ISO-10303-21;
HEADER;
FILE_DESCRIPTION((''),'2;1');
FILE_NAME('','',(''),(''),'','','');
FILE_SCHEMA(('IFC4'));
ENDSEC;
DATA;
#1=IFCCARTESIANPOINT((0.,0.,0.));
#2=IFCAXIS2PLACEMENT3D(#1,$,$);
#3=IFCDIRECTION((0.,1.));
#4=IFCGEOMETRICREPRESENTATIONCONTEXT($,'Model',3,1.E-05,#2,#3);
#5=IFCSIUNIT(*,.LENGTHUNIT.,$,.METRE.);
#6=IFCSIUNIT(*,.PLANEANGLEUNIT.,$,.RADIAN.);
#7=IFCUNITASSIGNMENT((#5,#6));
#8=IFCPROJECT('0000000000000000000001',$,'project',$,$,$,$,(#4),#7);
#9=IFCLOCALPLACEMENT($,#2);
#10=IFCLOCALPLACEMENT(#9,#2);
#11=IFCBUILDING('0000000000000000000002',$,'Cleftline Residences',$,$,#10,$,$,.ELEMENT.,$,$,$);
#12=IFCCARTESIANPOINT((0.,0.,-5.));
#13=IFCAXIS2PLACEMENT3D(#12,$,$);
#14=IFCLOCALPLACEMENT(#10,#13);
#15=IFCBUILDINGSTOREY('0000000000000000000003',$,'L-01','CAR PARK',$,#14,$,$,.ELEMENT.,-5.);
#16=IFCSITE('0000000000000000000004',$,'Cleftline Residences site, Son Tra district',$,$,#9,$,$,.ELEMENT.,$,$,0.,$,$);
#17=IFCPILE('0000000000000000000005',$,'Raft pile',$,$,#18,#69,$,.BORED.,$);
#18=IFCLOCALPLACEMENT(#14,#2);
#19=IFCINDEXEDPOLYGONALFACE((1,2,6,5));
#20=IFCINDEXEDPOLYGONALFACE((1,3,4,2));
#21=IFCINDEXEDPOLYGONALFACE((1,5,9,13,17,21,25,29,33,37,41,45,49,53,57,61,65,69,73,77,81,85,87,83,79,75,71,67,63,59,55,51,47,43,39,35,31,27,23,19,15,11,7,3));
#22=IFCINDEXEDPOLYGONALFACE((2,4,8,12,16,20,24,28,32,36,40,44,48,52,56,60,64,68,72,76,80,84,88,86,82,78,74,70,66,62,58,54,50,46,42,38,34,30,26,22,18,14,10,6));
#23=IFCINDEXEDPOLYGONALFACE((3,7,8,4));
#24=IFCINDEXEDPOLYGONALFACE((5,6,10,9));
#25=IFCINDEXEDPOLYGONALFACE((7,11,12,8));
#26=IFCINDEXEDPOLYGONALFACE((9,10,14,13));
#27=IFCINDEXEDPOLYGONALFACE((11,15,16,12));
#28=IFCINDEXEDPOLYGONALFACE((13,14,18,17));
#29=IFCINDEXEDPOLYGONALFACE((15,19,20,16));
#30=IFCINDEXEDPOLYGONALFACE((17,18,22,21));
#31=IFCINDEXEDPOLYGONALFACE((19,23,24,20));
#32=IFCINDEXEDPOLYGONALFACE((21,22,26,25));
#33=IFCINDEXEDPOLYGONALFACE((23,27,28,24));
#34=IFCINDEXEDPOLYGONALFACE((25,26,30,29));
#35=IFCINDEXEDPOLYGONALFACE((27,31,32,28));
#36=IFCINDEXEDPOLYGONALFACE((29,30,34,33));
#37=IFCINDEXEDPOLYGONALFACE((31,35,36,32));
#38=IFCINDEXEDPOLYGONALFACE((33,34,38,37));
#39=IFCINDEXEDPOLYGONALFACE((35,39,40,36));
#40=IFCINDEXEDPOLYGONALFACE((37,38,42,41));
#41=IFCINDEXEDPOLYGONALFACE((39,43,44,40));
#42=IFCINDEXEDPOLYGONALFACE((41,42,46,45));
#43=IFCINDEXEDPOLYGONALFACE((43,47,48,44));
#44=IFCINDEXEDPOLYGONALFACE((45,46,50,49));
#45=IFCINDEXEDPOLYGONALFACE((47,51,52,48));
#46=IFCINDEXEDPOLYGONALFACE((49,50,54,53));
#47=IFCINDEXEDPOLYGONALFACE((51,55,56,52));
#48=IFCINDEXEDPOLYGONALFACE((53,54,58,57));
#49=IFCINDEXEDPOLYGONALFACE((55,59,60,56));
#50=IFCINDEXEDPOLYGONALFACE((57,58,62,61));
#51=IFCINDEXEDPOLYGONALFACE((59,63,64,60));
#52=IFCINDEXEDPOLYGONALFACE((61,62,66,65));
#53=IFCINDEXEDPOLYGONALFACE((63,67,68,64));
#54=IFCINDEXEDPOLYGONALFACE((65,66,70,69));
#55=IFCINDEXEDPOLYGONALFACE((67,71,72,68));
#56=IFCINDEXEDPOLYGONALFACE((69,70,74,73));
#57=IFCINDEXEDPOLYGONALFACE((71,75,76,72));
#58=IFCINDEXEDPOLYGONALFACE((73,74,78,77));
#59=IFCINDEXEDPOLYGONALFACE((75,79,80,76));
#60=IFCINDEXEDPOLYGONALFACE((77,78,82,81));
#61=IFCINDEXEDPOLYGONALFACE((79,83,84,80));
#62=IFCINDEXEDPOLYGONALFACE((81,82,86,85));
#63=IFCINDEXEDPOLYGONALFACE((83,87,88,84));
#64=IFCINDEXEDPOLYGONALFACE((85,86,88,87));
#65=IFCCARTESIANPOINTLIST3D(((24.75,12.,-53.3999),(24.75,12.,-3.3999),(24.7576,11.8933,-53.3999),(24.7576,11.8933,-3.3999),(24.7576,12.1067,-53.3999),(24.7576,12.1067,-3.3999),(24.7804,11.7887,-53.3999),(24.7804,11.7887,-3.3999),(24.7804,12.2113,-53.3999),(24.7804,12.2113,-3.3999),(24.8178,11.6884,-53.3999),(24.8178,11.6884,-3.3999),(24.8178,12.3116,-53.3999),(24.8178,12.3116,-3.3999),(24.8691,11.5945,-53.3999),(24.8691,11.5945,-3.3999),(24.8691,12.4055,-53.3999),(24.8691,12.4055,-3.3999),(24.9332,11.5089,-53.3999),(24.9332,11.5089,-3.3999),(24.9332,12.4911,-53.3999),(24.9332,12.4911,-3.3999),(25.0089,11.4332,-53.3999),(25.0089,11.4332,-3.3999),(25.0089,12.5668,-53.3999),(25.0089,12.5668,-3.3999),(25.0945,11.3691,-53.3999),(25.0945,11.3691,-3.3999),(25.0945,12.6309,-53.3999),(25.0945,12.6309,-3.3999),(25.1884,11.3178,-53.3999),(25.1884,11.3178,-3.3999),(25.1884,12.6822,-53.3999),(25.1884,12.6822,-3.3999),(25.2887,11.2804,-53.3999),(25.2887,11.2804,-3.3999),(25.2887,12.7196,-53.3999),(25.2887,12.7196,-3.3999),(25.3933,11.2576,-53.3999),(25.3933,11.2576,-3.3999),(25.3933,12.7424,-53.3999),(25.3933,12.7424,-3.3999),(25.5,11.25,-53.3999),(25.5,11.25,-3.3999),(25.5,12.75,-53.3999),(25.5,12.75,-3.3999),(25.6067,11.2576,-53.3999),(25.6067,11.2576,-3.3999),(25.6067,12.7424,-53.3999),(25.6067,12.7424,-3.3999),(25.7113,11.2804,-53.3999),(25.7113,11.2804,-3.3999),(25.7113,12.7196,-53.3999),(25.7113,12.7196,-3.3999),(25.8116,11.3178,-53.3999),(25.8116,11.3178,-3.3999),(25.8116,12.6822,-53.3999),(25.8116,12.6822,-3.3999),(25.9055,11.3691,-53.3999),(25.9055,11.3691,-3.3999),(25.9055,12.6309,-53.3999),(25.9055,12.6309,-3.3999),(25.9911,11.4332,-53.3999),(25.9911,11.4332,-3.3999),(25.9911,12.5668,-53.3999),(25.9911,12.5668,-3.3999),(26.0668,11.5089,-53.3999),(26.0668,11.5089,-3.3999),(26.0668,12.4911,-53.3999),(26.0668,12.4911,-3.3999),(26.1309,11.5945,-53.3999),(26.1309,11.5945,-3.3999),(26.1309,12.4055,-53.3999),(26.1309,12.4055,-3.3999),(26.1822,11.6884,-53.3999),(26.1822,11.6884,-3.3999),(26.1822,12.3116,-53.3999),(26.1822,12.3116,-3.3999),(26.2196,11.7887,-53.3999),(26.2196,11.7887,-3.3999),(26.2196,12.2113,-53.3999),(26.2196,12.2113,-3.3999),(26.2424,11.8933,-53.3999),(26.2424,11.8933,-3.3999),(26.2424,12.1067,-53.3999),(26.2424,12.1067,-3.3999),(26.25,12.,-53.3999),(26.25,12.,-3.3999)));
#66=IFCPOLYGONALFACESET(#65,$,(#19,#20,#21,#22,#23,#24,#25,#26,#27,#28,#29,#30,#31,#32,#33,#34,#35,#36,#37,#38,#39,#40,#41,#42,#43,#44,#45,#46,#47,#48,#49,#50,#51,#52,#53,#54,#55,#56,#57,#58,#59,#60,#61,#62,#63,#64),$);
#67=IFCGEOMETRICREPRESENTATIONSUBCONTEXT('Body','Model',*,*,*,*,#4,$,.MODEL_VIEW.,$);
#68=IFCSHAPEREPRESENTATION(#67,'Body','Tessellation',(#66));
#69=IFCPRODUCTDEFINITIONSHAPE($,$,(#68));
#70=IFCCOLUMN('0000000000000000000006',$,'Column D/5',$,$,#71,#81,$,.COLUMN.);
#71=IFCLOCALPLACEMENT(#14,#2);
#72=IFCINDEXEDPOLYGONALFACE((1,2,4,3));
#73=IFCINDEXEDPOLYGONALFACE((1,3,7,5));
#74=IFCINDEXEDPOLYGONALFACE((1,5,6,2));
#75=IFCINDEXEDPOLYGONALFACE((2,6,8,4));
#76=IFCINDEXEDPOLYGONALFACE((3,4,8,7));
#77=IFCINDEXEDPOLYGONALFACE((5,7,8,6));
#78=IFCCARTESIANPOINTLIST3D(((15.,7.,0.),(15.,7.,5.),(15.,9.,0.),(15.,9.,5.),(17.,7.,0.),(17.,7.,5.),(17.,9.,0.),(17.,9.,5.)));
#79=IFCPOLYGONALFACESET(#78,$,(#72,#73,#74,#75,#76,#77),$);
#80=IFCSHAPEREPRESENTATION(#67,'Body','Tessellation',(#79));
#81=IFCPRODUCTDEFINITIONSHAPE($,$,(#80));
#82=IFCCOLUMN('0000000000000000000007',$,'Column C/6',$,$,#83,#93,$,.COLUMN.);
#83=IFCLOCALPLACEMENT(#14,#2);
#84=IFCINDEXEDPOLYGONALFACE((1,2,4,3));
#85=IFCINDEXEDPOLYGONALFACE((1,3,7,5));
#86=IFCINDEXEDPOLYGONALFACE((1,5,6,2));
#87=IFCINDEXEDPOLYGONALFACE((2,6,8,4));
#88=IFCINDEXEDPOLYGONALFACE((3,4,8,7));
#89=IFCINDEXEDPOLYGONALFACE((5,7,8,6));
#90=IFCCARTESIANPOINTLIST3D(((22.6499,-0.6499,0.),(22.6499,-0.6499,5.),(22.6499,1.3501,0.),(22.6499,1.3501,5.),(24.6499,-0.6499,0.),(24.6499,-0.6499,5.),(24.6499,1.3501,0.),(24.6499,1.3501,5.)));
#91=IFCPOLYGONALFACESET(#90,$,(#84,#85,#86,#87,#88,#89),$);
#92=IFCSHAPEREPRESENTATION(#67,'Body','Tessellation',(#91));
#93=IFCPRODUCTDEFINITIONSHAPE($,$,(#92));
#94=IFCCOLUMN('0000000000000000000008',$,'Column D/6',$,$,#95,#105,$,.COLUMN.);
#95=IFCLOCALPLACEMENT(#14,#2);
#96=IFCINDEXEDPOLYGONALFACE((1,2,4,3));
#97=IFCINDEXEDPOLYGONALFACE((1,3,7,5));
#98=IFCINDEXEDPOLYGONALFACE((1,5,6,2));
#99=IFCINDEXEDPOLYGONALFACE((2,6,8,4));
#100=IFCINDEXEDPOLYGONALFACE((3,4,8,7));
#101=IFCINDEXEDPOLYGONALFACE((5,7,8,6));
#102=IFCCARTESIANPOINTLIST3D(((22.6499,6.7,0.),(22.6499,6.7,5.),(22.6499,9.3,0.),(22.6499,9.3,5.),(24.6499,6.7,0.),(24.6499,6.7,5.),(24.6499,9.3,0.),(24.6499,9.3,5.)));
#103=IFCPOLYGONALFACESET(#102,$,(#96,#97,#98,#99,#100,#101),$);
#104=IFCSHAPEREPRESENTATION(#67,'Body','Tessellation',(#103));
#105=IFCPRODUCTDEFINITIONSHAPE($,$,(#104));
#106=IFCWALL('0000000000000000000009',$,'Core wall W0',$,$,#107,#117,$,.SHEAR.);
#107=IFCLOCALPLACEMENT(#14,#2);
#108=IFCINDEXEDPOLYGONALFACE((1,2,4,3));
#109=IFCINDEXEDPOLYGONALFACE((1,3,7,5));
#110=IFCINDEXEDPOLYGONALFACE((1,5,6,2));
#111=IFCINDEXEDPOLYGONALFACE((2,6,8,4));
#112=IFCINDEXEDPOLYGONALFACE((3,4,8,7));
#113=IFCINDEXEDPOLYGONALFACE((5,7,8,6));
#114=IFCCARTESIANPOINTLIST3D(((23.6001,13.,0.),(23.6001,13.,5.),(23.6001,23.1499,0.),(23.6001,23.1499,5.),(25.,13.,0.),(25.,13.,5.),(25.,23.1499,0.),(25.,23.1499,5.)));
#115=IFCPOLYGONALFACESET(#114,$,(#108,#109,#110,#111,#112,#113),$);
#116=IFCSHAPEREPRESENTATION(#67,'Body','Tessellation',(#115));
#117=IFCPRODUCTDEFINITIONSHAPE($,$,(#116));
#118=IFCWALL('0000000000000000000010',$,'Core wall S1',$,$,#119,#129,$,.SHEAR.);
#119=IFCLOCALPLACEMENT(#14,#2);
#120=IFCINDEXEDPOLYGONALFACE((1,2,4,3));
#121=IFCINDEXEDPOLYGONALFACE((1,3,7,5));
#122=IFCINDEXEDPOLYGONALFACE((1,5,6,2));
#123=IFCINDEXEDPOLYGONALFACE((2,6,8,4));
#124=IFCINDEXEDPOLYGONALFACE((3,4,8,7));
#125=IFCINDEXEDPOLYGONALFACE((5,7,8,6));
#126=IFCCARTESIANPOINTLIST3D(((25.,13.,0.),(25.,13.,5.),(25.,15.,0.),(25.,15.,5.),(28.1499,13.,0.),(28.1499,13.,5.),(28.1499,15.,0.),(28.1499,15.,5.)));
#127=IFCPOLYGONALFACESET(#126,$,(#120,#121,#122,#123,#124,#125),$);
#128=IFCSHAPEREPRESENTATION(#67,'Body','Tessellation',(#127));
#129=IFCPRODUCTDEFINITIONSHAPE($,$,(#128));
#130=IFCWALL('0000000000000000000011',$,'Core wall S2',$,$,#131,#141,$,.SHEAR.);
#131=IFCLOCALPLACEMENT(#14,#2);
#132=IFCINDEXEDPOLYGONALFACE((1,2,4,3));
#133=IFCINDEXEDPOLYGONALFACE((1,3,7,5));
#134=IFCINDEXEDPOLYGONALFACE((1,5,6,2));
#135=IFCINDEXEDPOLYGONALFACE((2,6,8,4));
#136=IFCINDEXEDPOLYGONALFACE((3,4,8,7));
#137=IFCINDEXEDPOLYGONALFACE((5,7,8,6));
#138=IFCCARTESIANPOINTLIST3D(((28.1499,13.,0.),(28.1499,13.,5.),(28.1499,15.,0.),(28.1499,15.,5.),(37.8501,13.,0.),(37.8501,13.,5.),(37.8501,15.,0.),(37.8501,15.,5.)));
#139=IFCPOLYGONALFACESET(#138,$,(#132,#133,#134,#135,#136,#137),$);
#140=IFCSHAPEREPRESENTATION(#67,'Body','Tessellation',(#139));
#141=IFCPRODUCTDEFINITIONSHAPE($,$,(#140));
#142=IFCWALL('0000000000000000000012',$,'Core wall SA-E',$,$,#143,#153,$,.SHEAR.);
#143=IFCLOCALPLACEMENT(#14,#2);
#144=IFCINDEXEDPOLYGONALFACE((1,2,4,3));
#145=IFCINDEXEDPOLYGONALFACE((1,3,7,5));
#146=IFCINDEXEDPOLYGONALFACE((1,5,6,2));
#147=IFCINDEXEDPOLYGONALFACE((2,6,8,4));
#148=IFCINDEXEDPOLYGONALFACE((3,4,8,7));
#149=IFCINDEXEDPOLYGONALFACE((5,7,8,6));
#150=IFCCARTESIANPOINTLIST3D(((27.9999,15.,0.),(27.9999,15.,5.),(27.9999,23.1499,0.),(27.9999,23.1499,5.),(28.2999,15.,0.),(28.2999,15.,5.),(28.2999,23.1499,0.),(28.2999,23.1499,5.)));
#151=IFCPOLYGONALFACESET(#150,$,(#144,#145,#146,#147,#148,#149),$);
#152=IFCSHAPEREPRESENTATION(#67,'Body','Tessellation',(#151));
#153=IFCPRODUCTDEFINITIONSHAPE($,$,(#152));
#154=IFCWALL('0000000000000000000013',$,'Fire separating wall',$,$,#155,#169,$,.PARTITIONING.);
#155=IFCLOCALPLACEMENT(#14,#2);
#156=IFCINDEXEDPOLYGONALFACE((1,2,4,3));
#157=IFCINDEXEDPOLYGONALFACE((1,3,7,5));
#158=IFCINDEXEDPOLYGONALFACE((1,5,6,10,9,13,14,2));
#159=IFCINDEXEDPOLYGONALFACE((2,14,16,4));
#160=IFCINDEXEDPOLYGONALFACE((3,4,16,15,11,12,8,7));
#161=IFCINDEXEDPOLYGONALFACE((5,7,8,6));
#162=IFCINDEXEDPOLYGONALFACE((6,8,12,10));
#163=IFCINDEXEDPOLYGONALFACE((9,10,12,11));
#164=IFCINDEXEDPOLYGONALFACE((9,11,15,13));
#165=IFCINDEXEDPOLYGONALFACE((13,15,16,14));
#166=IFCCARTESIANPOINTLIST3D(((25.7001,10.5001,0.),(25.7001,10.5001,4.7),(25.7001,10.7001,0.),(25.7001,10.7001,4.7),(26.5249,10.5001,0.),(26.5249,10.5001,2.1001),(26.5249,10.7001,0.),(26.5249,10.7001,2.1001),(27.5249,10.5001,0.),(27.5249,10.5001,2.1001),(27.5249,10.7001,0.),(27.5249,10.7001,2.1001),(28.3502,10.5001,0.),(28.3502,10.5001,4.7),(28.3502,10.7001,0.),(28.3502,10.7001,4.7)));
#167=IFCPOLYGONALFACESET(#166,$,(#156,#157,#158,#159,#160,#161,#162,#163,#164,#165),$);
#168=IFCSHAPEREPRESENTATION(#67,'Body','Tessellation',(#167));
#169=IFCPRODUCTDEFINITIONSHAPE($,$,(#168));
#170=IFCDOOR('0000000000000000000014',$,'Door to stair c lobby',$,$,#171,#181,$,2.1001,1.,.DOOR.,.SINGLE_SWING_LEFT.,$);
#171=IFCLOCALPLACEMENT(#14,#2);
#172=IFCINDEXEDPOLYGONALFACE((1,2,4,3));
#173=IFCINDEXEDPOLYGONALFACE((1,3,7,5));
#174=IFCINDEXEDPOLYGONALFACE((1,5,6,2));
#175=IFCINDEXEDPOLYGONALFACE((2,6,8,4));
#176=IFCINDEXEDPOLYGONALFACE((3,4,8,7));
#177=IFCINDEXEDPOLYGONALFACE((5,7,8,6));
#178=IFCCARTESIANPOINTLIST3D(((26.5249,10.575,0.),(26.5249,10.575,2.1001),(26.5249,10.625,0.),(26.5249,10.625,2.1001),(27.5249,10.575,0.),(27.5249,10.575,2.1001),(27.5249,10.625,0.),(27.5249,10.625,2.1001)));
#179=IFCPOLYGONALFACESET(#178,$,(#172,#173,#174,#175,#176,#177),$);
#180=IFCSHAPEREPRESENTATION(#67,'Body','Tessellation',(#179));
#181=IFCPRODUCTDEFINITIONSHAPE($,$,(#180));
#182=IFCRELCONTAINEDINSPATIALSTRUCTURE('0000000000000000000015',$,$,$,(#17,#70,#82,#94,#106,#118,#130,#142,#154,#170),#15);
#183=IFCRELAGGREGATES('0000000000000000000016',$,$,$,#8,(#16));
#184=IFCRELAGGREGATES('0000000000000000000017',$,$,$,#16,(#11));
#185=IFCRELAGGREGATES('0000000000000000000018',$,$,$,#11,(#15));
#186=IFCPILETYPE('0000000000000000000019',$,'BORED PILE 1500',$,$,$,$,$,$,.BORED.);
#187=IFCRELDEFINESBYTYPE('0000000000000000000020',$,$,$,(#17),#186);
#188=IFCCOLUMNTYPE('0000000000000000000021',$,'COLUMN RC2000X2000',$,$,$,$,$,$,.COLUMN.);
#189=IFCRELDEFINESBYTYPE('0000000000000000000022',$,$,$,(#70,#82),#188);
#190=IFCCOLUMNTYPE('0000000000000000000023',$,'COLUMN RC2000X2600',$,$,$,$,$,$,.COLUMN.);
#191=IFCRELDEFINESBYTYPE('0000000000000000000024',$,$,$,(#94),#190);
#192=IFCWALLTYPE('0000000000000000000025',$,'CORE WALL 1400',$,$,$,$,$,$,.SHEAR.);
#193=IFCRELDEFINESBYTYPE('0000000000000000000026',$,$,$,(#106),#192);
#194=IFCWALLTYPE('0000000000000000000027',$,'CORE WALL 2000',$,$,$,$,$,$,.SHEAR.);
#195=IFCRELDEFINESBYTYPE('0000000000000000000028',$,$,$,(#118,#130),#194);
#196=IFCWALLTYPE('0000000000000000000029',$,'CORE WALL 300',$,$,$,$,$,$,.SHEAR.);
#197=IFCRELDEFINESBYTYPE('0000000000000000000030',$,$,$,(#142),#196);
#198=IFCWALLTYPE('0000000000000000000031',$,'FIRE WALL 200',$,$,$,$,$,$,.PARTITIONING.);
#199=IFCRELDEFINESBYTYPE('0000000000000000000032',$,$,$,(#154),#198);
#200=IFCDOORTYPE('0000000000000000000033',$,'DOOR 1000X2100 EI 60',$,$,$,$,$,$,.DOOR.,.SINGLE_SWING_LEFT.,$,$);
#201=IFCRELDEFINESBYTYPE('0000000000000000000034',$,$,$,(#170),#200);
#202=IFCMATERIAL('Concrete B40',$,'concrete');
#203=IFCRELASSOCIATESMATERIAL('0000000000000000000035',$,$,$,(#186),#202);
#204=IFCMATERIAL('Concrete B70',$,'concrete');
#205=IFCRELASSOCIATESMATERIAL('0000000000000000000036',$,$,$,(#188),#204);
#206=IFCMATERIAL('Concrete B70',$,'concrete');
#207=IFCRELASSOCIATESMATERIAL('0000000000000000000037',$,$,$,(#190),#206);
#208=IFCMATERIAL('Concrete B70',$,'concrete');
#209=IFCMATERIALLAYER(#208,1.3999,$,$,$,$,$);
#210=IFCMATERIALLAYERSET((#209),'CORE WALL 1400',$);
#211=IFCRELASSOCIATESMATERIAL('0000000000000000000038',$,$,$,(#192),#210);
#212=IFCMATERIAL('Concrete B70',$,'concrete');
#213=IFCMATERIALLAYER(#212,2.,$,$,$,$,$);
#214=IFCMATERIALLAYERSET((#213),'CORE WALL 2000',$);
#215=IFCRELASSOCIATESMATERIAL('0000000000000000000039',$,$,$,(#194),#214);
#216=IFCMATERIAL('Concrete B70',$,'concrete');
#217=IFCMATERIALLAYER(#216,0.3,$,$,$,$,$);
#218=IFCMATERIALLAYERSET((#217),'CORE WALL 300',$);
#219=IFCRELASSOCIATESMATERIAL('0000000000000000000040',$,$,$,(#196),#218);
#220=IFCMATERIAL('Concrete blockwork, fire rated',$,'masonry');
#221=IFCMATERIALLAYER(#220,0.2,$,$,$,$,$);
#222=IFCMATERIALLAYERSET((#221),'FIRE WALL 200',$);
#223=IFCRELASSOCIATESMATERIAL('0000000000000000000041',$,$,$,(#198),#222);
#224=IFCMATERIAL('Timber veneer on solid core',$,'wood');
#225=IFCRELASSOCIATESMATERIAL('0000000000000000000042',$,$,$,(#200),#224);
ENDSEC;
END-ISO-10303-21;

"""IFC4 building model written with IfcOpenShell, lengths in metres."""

from ifc_helpers import new_model, si_unit, direction, frame, frame_2d, origin, origin_2d, place, context, subcontext, project, spatial, rectangle, circle, extrude, material, layer, layer_set, material_profile, profile_set, type_object, element, fill, save


model = new_model("IFC4")

# Units and contexts
model_context = context("Model", 3, precision=1e-05, world=origin(), true_north=direction((0.0, 1.0)))
body_context = subcontext(model_context, "Body", "Model", "MODEL_VIEW")
ifc_project = project(units=[si_unit("LENGTHUNIT", "METRE"), si_unit("PLANEANGLEUNIT", "RADIAN")], contexts=[model_context])

# Site, building, storey
site_placement = place(None, origin())
site = spatial("IfcSite", under=ifc_project, at=site_placement, Name="Cleftline Residences site, Son Tra district", CompositionType="ELEMENT", RefElevation=0.0)
building_placement = place(site_placement, origin())
building = spatial("IfcBuilding", under=site, at=building_placement, Name="Cleftline Residences", CompositionType="ELEMENT")
storey_placement = place(building_placement, frame((0.0, 0.0, -5.0)))
storey = spatial("IfcBuildingStorey", under=building, at=storey_placement, Name="L-01", Description="CAR PARK", CompositionType="ELEMENT", Elevation=-5.0)

# Pile
ifc_material_1 = material(Name="Concrete B40", Category="concrete")
ifc_material_profile_1 = material_profile(ifc_material_1, circle(Radius=0.75, at=origin_2d()))
ifc_profile_set_1 = profile_set([ifc_material_profile_1], Name="Concrete B40")
pile_type = type_object("IfcPileType", Name="BORED PILE 1500", PredefinedType="BORED", material=ifc_profile_set_1)
for number, where, z_axis, x_axis, name in (
    (1, (25.5, 12.0, -3.3999), (0.0, 0.0, -1.0), (1.0, 0.0, 0.0), "Raft pile"),
):
    element("IfcPile", number, at=place(storey_placement, frame(where, z_axis=z_axis, x_axis=x_axis)), inside=storey, type_object=pile_type, Name=name, PredefinedType="BORED", context=body_context, shape_type="SweptSolid", body=[
        extrude(circle(Radius=0.75, at=origin_2d()), origin(), (0.0, 0.0, 1.0), 50.0),
    ])

# Columns
ifc_material_2 = material(Name="Concrete B70", Category="concrete")
ifc_material_profile_2 = material_profile(ifc_material_2, rectangle(XDim=2.0, YDim=2.0, at=origin_2d()))
ifc_profile_set_2 = profile_set([ifc_material_profile_2], Name="Concrete B70")
column_type_1 = type_object("IfcColumnType", Name="COLUMN RC2000X2000", PredefinedType="COLUMN", material=ifc_profile_set_2)
for number, where, z_axis, x_axis, name in (
    (2, (16.0, 8.0, 0.0), (0.0, 0.0, 1.0), (1.0, 0.0, 0.0), "Column D/5"),
    (3, (23.6499, 0.3501, 0.0), (0.0, 0.0, 1.0), (1.0, 0.0, 0.0), "Column C/6"),
):
    element("IfcColumn", number, at=place(storey_placement, frame(where, z_axis=z_axis, x_axis=x_axis)), inside=storey, type_object=column_type_1, Name=name, PredefinedType="COLUMN", context=body_context, shape_type="SweptSolid", body=[
        extrude(rectangle(XDim=2.0, YDim=2.0, at=origin_2d()), origin(), (0.0, 0.0, 1.0), 5.0),
    ])
ifc_material_3 = material(Name="Concrete B70", Category="concrete")
ifc_material_profile_3 = material_profile(ifc_material_3, rectangle(XDim=2.0, YDim=2.6001, at=origin_2d()))
ifc_profile_set_3 = profile_set([ifc_material_profile_3], Name="Concrete B70")
column_type_2 = type_object("IfcColumnType", Name="COLUMN RC2000X2600", PredefinedType="COLUMN", material=ifc_profile_set_3)
column_placement = place(storey_placement, frame((23.6499, 8.0, 0.0), z_axis=(0.0, 0.0, 1.0), x_axis=(1.0, 0.0, 0.0)))
element("IfcColumn", 4, at=column_placement, inside=storey, type_object=column_type_2, Name="Column D/6", PredefinedType="COLUMN", context=body_context, shape_type="SweptSolid", body=[
    extrude(rectangle(XDim=2.0, YDim=2.6001, at=origin_2d()), origin(), (0.0, 0.0, 1.0), 5.0),
])

# Walls
ifc_material_4 = material(Name="Concrete B70", Category="concrete")
ifc_layer_1 = layer(ifc_material_4, 1.3999)
ifc_layer_set_1 = layer_set([ifc_layer_1], Name="CORE WALL 1400")
wall_type_1 = type_object("IfcWallType", Name="CORE WALL 1400", PredefinedType="SHEAR", material=ifc_layer_set_1)
wall_1_placement = place(storey_placement, frame((24.3, 13.0, 0.0), z_axis=(0.0, 0.0, 1.0), x_axis=(0.0, 1.0, 0.0)))
element("IfcWall", 5, at=wall_1_placement, inside=storey, type_object=wall_type_1, Name="Core wall W0", PredefinedType="SHEAR", context=body_context, shape_type="SweptSolid", body=[
    extrude(rectangle(XDim=10.1499, YDim=1.3999, at=frame_2d((5.075, 0.0))), origin(), (0.0, 0.0, 1.0), 5.0),
])
ifc_material_5 = material(Name="Concrete B70", Category="concrete")
ifc_layer_2 = layer(ifc_material_5, 2.0)
ifc_layer_set_2 = layer_set([ifc_layer_2], Name="CORE WALL 2000")
wall_type_2 = type_object("IfcWallType", Name="CORE WALL 2000", PredefinedType="SHEAR", material=ifc_layer_set_2)
wall_2_placement = place(storey_placement, frame((25.0, 14.0, 0.0), z_axis=(0.0, 0.0, 1.0), x_axis=(1.0, 0.0, 0.0)))
element("IfcWall", 6, at=wall_2_placement, inside=storey, type_object=wall_type_2, Name="Core wall S1", PredefinedType="SHEAR", context=body_context, shape_type="SweptSolid", body=[
    extrude(rectangle(XDim=3.1499, YDim=2.0, at=frame_2d((1.575, 0.0))), origin(), (0.0, 0.0, 1.0), 5.0),
])
wall_3_placement = place(storey_placement, frame((28.1499, 14.0, 0.0), z_axis=(0.0, 0.0, 1.0), x_axis=(1.0, 0.0, 0.0)))
element("IfcWall", 7, at=wall_3_placement, inside=storey, type_object=wall_type_2, Name="Core wall S2", PredefinedType="SHEAR", context=body_context, shape_type="SweptSolid", body=[
    extrude(rectangle(XDim=9.7002, YDim=2.0, at=frame_2d((4.8501, 0.0))), origin(), (0.0, 0.0, 1.0), 5.0),
])
ifc_material_6 = material(Name="Concrete B70", Category="concrete")
ifc_layer_3 = layer(ifc_material_6, 0.3)
ifc_layer_set_3 = layer_set([ifc_layer_3], Name="CORE WALL 300")
wall_type_3 = type_object("IfcWallType", Name="CORE WALL 300", PredefinedType="SHEAR", material=ifc_layer_set_3)
wall_4_placement = place(storey_placement, frame((28.1499, 15.0, 0.0), z_axis=(0.0, 0.0, 1.0), x_axis=(0.0, 1.0, 0.0)))
element("IfcWall", 8, at=wall_4_placement, inside=storey, type_object=wall_type_3, Name="Core wall SA-E", PredefinedType="SHEAR", context=body_context, shape_type="SweptSolid", body=[
    extrude(rectangle(XDim=8.1499, YDim=0.3, at=frame_2d((4.075, 0.0))), origin(), (0.0, 0.0, 1.0), 5.0),
])

# Wall, opening, door
ifc_material_7 = material(Name="Concrete blockwork, fire rated", Category="masonry")
ifc_layer_4 = layer(ifc_material_7, 0.2)
ifc_layer_set_4 = layer_set([ifc_layer_4], Name="FIRE WALL 200")
wall_type_4 = type_object("IfcWallType", Name="FIRE WALL 200", PredefinedType="PARTITIONING", material=ifc_layer_set_4)
wall_5_placement = place(storey_placement, frame((25.7, 10.6001, 0.0), z_axis=(0.0, 0.0, 1.0), x_axis=(1.0, 0.0, 0.0)))
wall_5 = element("IfcWall", 9, at=wall_5_placement, inside=storey, type_object=wall_type_4, Name="Fire separating wall", PredefinedType="PARTITIONING", context=body_context, shape_type="SweptSolid", body=[
    extrude(rectangle(XDim=2.6501, YDim=0.2, at=frame_2d((1.3252, 0.0))), origin(), (0.0, 0.0, 1.0), 4.7),
])
opening_1_placement = place(wall_5_placement, frame((0.825, 0.0, 0.0)))
opening_1 = element("IfcOpeningElement", 10, at=opening_1_placement, cuts=wall_5, PredefinedType="OPENING", context=body_context, shape_type="SweptSolid", body=[
    extrude(rectangle(XDim=1.0, YDim=2.1001, at=frame_2d((0.5, 1.05))), frame((0.0, 0.1099, 0.0), z_axis=(0.0, -1.0, 0.0), x_axis=(1.0, 0.0, 0.0)), (0.0, 0.0, 1.0), 0.22),
])
ifc_material_8 = material(Name="Timber veneer on solid core", Category="wood")
door_type_1 = type_object("IfcDoorType", Name="DOOR 1000X2100 EI 60", OperationType="SINGLE_SWING_LEFT", PredefinedType="DOOR", material=ifc_material_8)
door_1_placement = place(opening_1_placement, origin())
door_1 = element("IfcDoor", 11, at=door_1_placement, inside=storey, type_object=door_type_1, Name="Door to stair c lobby", OperationType="SINGLE_SWING_LEFT", OverallHeight=2.1001, OverallWidth=1.0, PredefinedType="DOOR", context=body_context, shape_type="SweptSolid", body=[
    extrude(rectangle(XDim=1.0, YDim=2.1001, at=frame_2d((0.5, 1.05))), frame((0.0, 0.0249, 0.0), z_axis=(0.0, -1.0, 0.0), x_axis=(1.0, 0.0, 0.0)), (0.0, 0.0, 1.0), 0.05),
])
fill(opening_1, door_1)

save(model, "model.ifc")
